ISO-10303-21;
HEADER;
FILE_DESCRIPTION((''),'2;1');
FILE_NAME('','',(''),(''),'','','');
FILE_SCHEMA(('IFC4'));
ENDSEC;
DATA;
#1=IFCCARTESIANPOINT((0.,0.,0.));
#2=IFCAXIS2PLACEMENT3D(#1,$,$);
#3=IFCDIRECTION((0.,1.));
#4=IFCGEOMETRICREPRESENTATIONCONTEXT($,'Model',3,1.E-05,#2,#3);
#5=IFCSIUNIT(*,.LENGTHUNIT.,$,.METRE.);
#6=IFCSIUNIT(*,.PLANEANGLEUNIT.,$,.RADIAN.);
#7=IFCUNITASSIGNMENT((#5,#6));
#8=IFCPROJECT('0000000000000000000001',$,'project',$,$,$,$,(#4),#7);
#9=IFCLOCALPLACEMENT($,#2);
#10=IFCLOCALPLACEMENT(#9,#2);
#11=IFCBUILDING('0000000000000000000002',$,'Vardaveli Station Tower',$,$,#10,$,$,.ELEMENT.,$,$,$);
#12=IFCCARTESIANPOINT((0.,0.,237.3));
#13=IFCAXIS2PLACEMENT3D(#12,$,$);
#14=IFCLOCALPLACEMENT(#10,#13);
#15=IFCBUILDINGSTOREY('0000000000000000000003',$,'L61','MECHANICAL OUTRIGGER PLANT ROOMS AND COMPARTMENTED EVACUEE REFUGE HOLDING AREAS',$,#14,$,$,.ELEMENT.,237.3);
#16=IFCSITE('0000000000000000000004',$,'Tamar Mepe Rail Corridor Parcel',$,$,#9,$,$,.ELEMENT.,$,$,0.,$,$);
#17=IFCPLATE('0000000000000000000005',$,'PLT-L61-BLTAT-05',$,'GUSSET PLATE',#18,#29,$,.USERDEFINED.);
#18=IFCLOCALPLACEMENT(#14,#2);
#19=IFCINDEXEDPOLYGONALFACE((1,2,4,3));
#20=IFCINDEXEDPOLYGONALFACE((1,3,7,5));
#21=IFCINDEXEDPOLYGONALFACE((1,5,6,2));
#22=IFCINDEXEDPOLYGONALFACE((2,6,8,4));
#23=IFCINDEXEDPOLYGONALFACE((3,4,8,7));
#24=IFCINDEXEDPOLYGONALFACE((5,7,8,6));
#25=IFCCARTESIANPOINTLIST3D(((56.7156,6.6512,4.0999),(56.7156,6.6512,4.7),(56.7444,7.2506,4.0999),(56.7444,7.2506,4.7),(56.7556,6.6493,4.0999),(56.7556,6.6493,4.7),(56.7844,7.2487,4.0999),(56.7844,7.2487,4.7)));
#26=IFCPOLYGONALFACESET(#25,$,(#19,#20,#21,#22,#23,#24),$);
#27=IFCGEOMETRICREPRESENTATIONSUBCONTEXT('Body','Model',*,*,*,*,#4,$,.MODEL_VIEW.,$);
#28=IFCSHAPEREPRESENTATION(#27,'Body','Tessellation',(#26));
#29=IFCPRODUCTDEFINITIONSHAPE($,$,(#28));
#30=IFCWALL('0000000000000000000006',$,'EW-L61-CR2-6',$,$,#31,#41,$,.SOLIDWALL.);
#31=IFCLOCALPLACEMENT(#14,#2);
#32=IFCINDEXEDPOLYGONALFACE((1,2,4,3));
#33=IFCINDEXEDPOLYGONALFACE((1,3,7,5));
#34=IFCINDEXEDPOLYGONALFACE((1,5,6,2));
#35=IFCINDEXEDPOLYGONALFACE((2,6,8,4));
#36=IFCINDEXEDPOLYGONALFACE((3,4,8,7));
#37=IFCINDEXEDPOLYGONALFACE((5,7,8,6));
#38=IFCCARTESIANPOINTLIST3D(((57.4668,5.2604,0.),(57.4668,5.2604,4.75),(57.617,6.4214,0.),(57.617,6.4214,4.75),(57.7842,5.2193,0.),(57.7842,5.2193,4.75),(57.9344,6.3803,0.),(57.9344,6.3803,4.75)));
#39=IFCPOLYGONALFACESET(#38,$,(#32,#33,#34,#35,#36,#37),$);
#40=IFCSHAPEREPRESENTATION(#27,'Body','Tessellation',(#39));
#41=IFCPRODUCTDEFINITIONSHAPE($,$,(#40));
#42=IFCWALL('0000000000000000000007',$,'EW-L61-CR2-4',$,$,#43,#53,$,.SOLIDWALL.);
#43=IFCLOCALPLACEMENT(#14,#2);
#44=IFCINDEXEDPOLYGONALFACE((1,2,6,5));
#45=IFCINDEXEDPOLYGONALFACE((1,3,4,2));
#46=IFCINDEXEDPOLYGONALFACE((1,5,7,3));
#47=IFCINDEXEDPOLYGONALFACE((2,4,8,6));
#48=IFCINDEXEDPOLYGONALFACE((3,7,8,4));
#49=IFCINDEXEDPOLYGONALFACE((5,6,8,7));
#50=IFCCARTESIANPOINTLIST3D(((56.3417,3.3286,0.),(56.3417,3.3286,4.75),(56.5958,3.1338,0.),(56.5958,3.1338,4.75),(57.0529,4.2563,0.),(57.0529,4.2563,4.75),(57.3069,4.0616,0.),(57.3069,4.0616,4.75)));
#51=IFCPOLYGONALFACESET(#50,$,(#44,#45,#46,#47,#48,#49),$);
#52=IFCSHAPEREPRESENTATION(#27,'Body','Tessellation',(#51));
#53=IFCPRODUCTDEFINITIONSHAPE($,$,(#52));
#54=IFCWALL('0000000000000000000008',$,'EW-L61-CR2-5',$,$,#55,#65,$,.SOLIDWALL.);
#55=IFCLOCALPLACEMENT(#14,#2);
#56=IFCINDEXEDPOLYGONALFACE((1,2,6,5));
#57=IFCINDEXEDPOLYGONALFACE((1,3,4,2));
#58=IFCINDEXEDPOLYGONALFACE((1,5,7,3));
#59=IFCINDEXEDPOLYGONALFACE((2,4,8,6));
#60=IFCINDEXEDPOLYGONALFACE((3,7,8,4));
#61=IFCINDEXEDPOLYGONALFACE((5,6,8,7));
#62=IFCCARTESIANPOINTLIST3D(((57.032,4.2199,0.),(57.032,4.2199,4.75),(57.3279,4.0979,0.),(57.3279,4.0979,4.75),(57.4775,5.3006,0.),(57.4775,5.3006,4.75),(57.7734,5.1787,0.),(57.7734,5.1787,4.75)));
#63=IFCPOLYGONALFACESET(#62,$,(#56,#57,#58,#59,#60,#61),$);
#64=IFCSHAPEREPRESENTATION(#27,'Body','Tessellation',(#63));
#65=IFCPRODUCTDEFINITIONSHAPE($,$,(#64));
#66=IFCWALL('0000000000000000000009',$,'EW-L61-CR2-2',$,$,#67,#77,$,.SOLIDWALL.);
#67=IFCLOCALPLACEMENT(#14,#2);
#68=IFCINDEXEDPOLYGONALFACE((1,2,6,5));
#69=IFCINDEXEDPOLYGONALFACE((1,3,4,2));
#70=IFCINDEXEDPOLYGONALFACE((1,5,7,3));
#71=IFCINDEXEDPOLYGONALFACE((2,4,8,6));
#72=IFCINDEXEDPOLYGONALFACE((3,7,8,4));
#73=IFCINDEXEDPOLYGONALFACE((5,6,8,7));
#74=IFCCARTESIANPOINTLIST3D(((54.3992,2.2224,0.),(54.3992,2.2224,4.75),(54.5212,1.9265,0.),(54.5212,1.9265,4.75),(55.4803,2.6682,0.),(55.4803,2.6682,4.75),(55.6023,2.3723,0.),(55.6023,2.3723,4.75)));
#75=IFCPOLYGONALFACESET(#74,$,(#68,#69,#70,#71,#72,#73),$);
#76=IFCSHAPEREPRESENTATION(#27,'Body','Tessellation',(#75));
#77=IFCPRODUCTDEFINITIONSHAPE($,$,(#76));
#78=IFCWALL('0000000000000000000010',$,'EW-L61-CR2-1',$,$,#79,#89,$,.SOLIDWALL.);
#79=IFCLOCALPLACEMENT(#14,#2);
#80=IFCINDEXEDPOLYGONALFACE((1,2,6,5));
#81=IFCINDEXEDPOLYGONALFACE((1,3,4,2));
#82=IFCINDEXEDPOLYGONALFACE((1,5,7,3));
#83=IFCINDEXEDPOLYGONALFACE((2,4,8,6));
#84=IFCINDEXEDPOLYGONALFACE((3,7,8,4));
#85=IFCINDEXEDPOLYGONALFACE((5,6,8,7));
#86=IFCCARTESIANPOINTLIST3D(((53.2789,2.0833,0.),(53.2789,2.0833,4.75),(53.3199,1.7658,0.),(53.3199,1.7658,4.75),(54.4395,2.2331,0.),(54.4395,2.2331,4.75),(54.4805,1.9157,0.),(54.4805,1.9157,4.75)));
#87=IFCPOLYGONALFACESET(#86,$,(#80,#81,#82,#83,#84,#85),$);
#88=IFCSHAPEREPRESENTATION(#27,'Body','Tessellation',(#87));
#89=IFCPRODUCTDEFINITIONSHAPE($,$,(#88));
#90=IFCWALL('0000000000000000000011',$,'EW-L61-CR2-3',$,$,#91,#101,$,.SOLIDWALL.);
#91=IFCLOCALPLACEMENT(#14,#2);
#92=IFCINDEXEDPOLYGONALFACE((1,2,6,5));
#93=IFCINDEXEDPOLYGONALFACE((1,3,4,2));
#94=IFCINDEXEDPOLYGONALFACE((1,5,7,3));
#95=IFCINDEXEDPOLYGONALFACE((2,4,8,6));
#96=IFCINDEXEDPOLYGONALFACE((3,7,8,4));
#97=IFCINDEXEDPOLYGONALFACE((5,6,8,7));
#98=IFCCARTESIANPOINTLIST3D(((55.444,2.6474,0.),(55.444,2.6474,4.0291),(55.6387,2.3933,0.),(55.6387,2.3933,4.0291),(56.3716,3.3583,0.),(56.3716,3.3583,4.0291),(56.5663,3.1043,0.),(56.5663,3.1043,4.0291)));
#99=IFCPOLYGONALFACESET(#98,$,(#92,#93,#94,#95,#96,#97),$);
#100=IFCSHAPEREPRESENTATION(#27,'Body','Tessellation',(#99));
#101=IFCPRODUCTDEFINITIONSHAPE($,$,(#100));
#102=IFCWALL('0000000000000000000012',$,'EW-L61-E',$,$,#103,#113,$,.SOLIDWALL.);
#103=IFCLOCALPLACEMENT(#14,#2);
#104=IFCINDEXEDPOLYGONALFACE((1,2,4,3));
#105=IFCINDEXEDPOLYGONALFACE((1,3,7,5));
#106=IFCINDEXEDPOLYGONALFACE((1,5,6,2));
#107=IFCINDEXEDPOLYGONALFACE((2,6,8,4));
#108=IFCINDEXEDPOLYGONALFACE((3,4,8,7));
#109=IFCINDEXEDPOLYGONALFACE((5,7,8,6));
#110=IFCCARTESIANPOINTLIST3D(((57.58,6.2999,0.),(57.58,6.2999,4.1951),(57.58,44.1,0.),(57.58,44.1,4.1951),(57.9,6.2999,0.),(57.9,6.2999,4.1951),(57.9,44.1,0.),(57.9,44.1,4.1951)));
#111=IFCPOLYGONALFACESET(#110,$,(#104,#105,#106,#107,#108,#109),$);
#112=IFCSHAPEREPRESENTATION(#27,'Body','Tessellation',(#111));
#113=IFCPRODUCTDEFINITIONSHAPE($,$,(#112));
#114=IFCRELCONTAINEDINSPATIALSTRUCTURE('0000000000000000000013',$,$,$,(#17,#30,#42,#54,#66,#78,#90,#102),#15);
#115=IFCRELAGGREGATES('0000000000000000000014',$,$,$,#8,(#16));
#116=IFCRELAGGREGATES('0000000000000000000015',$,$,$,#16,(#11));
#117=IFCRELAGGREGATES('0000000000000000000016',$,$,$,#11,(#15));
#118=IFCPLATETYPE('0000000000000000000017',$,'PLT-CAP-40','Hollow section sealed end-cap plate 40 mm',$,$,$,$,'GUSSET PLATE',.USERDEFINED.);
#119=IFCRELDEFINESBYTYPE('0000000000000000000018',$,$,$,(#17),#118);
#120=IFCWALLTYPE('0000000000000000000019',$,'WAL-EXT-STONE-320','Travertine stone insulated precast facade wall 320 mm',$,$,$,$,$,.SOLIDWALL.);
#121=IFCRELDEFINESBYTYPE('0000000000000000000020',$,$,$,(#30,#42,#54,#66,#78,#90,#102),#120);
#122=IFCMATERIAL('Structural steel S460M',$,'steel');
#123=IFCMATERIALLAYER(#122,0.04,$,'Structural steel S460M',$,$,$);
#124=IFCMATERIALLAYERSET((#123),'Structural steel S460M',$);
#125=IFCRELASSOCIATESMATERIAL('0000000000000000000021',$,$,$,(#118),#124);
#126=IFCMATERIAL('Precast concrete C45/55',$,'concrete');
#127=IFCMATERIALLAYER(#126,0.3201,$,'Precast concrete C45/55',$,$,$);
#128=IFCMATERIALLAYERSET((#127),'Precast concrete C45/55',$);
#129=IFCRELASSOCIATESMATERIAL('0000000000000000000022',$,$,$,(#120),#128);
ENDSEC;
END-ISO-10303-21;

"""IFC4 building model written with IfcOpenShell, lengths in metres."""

from ifc_helpers import new_model, si_unit, direction, frame, frame_2d, origin, origin_2d, place, context, subcontext, project, spatial, rectangle, extrude, source, transform, mapped, material, layer, layer_set, type_object, element, save


model = new_model("IFC4")

# Units and contexts
model_context = context("Model", 3, precision=1e-05, world=origin(), true_north=direction((0.0, 1.0)))
body_context = subcontext(model_context, "Body", "Model", "MODEL_VIEW")
ifc_project = project(units=[si_unit("LENGTHUNIT", "METRE"), si_unit("PLANEANGLEUNIT", "RADIAN")], contexts=[model_context])

# Site, building, storey
site_placement = place(None, origin())
site = spatial("IfcSite", under=ifc_project, at=site_placement, Name="Tamar Mepe Rail Corridor Parcel", CompositionType="ELEMENT", RefElevation=0.0)
building_placement = place(site_placement, origin())
building = spatial("IfcBuilding", under=site, at=building_placement, Name="Vardaveli Station Tower", CompositionType="ELEMENT")
storey_placement = place(building_placement, frame((0.0, 0.0, 237.3)))
storey = spatial("IfcBuildingStorey", under=building, at=storey_placement, Name="L61", Description="MECHANICAL OUTRIGGER PLANT ROOMS AND COMPARTMENTED EVACUEE REFUGE HOLDING AREAS", CompositionType="ELEMENT", Elevation=237.3)

# Shared definitions
ifc_material_1 = material(Name="Structural steel S460M", Category="steel")

# Plate
ifc_layer_1 = layer(ifc_material_1, 0.04, Name="Structural steel S460M")
ifc_layer_set_1 = layer_set([ifc_layer_1], Name="Structural steel S460M")
plate_type_1 = type_object("IfcPlateType", Name="PLT-CAP-40", Description="Hollow section sealed end-cap plate 40 mm", ElementType="GUSSET PLATE", PredefinedType="USERDEFINED", material=ifc_layer_set_1)
shared_shape_1 = source(origin(), body_context, "Body", "SweptSolid", [
    extrude(rectangle(XDim=0.6001, YDim=0.04, at=origin_2d()), origin(), (0.0, 0.0, 1.0), 0.6001),
])
for number, where, z_axis, x_axis, name in (
    (1, (56.75, 6.95, 4.0999), (0.0, 0.0, 1.0), (0.047978, 0.998848, 0.0), "PLT-L61-BLTAT-05"),
):
    element("IfcPlate", number, at=place(storey_placement, frame(where, z_axis=z_axis, x_axis=x_axis)), inside=storey, type_object=plate_type_1, Name=name, ObjectType="GUSSET PLATE", PredefinedType="USERDEFINED", context=body_context, shape_type="MappedRepresentation", body=[
        mapped(shared_shape_1, transform((0.0, 0.0, 0.0), scale=1.0)),
    ])

# Walls
ifc_material_2 = material(Name="Precast concrete C45/55", Category="concrete")
ifc_layer_2 = layer(ifc_material_2, 0.3201, Name="Precast concrete C45/55")
ifc_layer_set_2 = layer_set([ifc_layer_2], Name="Precast concrete C45/55")
wall_type = type_object("IfcWallType", Name="WAL-EXT-STONE-320", Description="Travertine stone insulated precast facade wall 320 mm", PredefinedType="SOLIDWALL", material=ifc_layer_set_2)
shared_shape_2 = source(origin(), body_context, "Body", "SweptSolid", [
    extrude(rectangle(XDim=1.1707, YDim=0.3201, at=frame_2d((0.5854, 0.0))), origin(), (0.0, 0.0, 1.0), 4.75),
])
wall_1_placement = place(storey_placement, frame((57.6255, 5.2397, 0.0), z_axis=(0.0, 0.0, 1.0), x_axis=(0.128269, 0.991739, 0.0)))
element("IfcWall", 2, at=wall_1_placement, inside=storey, type_object=wall_type, Name="EW-L61-CR2-6", PredefinedType="SOLIDWALL", context=body_context, shape_type="MappedRepresentation", body=[
    mapped(shared_shape_2, transform((0.0, 0.0, 0.0), scale=1.0)),
])
shared_shape_3 = source(origin(), body_context, "Body", "SweptSolid", [
    extrude(rectangle(XDim=1.1689, YDim=0.3201, at=frame_2d((0.5845, 0.0))), origin(), (0.0, 0.0, 1.0), 4.75),
])
for number, where, z_axis, x_axis, name in (
    (3, (56.4688, 3.2312, 0.0), (0.0, 0.0, 1.0), (0.608388, 0.79364, 0.0), "EW-L61-CR2-4"),
    (4, (57.1799, 4.1589, 0.0), (0.0, 0.0, 1.0), (0.381128, 0.924522, 0.0), "EW-L61-CR2-5"),
):
    element("IfcWall", number, at=place(storey_placement, frame(where, z_axis=z_axis, x_axis=x_axis)), inside=storey, type_object=wall_type, Name=name, PredefinedType="SOLIDWALL", context=body_context, shape_type="MappedRepresentation", body=[
        mapped(shared_shape_3, transform((0.0, 0.0, 0.0), scale=1.0)),
    ])
shared_shape_4 = source(origin(), body_context, "Body", "SweptSolid", [
    extrude(rectangle(XDim=1.1694, YDim=0.3201, at=frame_2d((0.5847, 0.0))), origin(), (0.0, 0.0, 1.0), 4.75),
])
wall_2_placement = place(storey_placement, frame((54.4602, 2.0745, 0.0), z_axis=(0.0, 0.0, 1.0), x_axis=(0.924479, 0.381233, 0.0)))
element("IfcWall", 5, at=wall_2_placement, inside=storey, type_object=wall_type, Name="EW-L61-CR2-2", PredefinedType="SOLIDWALL", context=body_context, shape_type="MappedRepresentation", body=[
    mapped(shared_shape_4, transform((0.0, 0.0, 0.0), scale=1.0)),
])
shared_shape_5 = source(origin(), body_context, "Body", "SweptSolid", [
    extrude(rectangle(XDim=1.1702, YDim=0.3201, at=frame_2d((0.585, 0.0))), origin(), (0.0, 0.0, 1.0), 4.75),
])
wall_3_placement = place(storey_placement, frame((53.2996, 1.9246, 0.0), z_axis=(0.0, 0.0, 1.0), x_axis=(0.991762, 0.12809, 0.0)))
element("IfcWall", 6, at=wall_3_placement, inside=storey, type_object=wall_type, Name="EW-L61-CR2-1", PredefinedType="SOLIDWALL", context=body_context, shape_type="MappedRepresentation", body=[
    mapped(shared_shape_5, transform((0.0, 0.0, 0.0), scale=1.0)),
])
shared_shape_6 = source(origin(), body_context, "Body", "SweptSolid", [
    extrude(rectangle(XDim=1.1687, YDim=0.3201, at=frame_2d((0.5845, 0.0))), origin(), (0.0, 0.0, 1.0), 4.0291),
])
wall_4_placement = place(storey_placement, frame((55.5413, 2.5203, 0.0), z_axis=(0.0, 0.0, 1.0), x_axis=(0.793664, 0.608357, 0.0)))
element("IfcWall", 7, at=wall_4_placement, inside=storey, type_object=wall_type, Name="EW-L61-CR2-3", PredefinedType="SOLIDWALL", context=body_context, shape_type="MappedRepresentation", body=[
    mapped(shared_shape_6, transform((0.0, 0.0, 0.0), scale=1.0)),
])
shared_shape_7 = source(origin(), body_context, "Body", "SweptSolid", [
    extrude(rectangle(XDim=37.8, YDim=0.3201, at=frame_2d((18.8999, 0.0))), origin(), (0.0, 0.0, 1.0), 4.1951),
])
wall_5_placement = place(storey_placement, frame((57.74, 6.3, 0.0), z_axis=(0.0, 0.0, 1.0), x_axis=(0.0, 1.0, 0.0)))
element("IfcWall", 8, at=wall_5_placement, inside=storey, type_object=wall_type, Name="EW-L61-E", PredefinedType="SOLIDWALL", context=body_context, shape_type="MappedRepresentation", body=[
    mapped(shared_shape_7, transform((0.0, 0.0, 0.0), scale=1.0)),
])

save(model, "model.ifc")
